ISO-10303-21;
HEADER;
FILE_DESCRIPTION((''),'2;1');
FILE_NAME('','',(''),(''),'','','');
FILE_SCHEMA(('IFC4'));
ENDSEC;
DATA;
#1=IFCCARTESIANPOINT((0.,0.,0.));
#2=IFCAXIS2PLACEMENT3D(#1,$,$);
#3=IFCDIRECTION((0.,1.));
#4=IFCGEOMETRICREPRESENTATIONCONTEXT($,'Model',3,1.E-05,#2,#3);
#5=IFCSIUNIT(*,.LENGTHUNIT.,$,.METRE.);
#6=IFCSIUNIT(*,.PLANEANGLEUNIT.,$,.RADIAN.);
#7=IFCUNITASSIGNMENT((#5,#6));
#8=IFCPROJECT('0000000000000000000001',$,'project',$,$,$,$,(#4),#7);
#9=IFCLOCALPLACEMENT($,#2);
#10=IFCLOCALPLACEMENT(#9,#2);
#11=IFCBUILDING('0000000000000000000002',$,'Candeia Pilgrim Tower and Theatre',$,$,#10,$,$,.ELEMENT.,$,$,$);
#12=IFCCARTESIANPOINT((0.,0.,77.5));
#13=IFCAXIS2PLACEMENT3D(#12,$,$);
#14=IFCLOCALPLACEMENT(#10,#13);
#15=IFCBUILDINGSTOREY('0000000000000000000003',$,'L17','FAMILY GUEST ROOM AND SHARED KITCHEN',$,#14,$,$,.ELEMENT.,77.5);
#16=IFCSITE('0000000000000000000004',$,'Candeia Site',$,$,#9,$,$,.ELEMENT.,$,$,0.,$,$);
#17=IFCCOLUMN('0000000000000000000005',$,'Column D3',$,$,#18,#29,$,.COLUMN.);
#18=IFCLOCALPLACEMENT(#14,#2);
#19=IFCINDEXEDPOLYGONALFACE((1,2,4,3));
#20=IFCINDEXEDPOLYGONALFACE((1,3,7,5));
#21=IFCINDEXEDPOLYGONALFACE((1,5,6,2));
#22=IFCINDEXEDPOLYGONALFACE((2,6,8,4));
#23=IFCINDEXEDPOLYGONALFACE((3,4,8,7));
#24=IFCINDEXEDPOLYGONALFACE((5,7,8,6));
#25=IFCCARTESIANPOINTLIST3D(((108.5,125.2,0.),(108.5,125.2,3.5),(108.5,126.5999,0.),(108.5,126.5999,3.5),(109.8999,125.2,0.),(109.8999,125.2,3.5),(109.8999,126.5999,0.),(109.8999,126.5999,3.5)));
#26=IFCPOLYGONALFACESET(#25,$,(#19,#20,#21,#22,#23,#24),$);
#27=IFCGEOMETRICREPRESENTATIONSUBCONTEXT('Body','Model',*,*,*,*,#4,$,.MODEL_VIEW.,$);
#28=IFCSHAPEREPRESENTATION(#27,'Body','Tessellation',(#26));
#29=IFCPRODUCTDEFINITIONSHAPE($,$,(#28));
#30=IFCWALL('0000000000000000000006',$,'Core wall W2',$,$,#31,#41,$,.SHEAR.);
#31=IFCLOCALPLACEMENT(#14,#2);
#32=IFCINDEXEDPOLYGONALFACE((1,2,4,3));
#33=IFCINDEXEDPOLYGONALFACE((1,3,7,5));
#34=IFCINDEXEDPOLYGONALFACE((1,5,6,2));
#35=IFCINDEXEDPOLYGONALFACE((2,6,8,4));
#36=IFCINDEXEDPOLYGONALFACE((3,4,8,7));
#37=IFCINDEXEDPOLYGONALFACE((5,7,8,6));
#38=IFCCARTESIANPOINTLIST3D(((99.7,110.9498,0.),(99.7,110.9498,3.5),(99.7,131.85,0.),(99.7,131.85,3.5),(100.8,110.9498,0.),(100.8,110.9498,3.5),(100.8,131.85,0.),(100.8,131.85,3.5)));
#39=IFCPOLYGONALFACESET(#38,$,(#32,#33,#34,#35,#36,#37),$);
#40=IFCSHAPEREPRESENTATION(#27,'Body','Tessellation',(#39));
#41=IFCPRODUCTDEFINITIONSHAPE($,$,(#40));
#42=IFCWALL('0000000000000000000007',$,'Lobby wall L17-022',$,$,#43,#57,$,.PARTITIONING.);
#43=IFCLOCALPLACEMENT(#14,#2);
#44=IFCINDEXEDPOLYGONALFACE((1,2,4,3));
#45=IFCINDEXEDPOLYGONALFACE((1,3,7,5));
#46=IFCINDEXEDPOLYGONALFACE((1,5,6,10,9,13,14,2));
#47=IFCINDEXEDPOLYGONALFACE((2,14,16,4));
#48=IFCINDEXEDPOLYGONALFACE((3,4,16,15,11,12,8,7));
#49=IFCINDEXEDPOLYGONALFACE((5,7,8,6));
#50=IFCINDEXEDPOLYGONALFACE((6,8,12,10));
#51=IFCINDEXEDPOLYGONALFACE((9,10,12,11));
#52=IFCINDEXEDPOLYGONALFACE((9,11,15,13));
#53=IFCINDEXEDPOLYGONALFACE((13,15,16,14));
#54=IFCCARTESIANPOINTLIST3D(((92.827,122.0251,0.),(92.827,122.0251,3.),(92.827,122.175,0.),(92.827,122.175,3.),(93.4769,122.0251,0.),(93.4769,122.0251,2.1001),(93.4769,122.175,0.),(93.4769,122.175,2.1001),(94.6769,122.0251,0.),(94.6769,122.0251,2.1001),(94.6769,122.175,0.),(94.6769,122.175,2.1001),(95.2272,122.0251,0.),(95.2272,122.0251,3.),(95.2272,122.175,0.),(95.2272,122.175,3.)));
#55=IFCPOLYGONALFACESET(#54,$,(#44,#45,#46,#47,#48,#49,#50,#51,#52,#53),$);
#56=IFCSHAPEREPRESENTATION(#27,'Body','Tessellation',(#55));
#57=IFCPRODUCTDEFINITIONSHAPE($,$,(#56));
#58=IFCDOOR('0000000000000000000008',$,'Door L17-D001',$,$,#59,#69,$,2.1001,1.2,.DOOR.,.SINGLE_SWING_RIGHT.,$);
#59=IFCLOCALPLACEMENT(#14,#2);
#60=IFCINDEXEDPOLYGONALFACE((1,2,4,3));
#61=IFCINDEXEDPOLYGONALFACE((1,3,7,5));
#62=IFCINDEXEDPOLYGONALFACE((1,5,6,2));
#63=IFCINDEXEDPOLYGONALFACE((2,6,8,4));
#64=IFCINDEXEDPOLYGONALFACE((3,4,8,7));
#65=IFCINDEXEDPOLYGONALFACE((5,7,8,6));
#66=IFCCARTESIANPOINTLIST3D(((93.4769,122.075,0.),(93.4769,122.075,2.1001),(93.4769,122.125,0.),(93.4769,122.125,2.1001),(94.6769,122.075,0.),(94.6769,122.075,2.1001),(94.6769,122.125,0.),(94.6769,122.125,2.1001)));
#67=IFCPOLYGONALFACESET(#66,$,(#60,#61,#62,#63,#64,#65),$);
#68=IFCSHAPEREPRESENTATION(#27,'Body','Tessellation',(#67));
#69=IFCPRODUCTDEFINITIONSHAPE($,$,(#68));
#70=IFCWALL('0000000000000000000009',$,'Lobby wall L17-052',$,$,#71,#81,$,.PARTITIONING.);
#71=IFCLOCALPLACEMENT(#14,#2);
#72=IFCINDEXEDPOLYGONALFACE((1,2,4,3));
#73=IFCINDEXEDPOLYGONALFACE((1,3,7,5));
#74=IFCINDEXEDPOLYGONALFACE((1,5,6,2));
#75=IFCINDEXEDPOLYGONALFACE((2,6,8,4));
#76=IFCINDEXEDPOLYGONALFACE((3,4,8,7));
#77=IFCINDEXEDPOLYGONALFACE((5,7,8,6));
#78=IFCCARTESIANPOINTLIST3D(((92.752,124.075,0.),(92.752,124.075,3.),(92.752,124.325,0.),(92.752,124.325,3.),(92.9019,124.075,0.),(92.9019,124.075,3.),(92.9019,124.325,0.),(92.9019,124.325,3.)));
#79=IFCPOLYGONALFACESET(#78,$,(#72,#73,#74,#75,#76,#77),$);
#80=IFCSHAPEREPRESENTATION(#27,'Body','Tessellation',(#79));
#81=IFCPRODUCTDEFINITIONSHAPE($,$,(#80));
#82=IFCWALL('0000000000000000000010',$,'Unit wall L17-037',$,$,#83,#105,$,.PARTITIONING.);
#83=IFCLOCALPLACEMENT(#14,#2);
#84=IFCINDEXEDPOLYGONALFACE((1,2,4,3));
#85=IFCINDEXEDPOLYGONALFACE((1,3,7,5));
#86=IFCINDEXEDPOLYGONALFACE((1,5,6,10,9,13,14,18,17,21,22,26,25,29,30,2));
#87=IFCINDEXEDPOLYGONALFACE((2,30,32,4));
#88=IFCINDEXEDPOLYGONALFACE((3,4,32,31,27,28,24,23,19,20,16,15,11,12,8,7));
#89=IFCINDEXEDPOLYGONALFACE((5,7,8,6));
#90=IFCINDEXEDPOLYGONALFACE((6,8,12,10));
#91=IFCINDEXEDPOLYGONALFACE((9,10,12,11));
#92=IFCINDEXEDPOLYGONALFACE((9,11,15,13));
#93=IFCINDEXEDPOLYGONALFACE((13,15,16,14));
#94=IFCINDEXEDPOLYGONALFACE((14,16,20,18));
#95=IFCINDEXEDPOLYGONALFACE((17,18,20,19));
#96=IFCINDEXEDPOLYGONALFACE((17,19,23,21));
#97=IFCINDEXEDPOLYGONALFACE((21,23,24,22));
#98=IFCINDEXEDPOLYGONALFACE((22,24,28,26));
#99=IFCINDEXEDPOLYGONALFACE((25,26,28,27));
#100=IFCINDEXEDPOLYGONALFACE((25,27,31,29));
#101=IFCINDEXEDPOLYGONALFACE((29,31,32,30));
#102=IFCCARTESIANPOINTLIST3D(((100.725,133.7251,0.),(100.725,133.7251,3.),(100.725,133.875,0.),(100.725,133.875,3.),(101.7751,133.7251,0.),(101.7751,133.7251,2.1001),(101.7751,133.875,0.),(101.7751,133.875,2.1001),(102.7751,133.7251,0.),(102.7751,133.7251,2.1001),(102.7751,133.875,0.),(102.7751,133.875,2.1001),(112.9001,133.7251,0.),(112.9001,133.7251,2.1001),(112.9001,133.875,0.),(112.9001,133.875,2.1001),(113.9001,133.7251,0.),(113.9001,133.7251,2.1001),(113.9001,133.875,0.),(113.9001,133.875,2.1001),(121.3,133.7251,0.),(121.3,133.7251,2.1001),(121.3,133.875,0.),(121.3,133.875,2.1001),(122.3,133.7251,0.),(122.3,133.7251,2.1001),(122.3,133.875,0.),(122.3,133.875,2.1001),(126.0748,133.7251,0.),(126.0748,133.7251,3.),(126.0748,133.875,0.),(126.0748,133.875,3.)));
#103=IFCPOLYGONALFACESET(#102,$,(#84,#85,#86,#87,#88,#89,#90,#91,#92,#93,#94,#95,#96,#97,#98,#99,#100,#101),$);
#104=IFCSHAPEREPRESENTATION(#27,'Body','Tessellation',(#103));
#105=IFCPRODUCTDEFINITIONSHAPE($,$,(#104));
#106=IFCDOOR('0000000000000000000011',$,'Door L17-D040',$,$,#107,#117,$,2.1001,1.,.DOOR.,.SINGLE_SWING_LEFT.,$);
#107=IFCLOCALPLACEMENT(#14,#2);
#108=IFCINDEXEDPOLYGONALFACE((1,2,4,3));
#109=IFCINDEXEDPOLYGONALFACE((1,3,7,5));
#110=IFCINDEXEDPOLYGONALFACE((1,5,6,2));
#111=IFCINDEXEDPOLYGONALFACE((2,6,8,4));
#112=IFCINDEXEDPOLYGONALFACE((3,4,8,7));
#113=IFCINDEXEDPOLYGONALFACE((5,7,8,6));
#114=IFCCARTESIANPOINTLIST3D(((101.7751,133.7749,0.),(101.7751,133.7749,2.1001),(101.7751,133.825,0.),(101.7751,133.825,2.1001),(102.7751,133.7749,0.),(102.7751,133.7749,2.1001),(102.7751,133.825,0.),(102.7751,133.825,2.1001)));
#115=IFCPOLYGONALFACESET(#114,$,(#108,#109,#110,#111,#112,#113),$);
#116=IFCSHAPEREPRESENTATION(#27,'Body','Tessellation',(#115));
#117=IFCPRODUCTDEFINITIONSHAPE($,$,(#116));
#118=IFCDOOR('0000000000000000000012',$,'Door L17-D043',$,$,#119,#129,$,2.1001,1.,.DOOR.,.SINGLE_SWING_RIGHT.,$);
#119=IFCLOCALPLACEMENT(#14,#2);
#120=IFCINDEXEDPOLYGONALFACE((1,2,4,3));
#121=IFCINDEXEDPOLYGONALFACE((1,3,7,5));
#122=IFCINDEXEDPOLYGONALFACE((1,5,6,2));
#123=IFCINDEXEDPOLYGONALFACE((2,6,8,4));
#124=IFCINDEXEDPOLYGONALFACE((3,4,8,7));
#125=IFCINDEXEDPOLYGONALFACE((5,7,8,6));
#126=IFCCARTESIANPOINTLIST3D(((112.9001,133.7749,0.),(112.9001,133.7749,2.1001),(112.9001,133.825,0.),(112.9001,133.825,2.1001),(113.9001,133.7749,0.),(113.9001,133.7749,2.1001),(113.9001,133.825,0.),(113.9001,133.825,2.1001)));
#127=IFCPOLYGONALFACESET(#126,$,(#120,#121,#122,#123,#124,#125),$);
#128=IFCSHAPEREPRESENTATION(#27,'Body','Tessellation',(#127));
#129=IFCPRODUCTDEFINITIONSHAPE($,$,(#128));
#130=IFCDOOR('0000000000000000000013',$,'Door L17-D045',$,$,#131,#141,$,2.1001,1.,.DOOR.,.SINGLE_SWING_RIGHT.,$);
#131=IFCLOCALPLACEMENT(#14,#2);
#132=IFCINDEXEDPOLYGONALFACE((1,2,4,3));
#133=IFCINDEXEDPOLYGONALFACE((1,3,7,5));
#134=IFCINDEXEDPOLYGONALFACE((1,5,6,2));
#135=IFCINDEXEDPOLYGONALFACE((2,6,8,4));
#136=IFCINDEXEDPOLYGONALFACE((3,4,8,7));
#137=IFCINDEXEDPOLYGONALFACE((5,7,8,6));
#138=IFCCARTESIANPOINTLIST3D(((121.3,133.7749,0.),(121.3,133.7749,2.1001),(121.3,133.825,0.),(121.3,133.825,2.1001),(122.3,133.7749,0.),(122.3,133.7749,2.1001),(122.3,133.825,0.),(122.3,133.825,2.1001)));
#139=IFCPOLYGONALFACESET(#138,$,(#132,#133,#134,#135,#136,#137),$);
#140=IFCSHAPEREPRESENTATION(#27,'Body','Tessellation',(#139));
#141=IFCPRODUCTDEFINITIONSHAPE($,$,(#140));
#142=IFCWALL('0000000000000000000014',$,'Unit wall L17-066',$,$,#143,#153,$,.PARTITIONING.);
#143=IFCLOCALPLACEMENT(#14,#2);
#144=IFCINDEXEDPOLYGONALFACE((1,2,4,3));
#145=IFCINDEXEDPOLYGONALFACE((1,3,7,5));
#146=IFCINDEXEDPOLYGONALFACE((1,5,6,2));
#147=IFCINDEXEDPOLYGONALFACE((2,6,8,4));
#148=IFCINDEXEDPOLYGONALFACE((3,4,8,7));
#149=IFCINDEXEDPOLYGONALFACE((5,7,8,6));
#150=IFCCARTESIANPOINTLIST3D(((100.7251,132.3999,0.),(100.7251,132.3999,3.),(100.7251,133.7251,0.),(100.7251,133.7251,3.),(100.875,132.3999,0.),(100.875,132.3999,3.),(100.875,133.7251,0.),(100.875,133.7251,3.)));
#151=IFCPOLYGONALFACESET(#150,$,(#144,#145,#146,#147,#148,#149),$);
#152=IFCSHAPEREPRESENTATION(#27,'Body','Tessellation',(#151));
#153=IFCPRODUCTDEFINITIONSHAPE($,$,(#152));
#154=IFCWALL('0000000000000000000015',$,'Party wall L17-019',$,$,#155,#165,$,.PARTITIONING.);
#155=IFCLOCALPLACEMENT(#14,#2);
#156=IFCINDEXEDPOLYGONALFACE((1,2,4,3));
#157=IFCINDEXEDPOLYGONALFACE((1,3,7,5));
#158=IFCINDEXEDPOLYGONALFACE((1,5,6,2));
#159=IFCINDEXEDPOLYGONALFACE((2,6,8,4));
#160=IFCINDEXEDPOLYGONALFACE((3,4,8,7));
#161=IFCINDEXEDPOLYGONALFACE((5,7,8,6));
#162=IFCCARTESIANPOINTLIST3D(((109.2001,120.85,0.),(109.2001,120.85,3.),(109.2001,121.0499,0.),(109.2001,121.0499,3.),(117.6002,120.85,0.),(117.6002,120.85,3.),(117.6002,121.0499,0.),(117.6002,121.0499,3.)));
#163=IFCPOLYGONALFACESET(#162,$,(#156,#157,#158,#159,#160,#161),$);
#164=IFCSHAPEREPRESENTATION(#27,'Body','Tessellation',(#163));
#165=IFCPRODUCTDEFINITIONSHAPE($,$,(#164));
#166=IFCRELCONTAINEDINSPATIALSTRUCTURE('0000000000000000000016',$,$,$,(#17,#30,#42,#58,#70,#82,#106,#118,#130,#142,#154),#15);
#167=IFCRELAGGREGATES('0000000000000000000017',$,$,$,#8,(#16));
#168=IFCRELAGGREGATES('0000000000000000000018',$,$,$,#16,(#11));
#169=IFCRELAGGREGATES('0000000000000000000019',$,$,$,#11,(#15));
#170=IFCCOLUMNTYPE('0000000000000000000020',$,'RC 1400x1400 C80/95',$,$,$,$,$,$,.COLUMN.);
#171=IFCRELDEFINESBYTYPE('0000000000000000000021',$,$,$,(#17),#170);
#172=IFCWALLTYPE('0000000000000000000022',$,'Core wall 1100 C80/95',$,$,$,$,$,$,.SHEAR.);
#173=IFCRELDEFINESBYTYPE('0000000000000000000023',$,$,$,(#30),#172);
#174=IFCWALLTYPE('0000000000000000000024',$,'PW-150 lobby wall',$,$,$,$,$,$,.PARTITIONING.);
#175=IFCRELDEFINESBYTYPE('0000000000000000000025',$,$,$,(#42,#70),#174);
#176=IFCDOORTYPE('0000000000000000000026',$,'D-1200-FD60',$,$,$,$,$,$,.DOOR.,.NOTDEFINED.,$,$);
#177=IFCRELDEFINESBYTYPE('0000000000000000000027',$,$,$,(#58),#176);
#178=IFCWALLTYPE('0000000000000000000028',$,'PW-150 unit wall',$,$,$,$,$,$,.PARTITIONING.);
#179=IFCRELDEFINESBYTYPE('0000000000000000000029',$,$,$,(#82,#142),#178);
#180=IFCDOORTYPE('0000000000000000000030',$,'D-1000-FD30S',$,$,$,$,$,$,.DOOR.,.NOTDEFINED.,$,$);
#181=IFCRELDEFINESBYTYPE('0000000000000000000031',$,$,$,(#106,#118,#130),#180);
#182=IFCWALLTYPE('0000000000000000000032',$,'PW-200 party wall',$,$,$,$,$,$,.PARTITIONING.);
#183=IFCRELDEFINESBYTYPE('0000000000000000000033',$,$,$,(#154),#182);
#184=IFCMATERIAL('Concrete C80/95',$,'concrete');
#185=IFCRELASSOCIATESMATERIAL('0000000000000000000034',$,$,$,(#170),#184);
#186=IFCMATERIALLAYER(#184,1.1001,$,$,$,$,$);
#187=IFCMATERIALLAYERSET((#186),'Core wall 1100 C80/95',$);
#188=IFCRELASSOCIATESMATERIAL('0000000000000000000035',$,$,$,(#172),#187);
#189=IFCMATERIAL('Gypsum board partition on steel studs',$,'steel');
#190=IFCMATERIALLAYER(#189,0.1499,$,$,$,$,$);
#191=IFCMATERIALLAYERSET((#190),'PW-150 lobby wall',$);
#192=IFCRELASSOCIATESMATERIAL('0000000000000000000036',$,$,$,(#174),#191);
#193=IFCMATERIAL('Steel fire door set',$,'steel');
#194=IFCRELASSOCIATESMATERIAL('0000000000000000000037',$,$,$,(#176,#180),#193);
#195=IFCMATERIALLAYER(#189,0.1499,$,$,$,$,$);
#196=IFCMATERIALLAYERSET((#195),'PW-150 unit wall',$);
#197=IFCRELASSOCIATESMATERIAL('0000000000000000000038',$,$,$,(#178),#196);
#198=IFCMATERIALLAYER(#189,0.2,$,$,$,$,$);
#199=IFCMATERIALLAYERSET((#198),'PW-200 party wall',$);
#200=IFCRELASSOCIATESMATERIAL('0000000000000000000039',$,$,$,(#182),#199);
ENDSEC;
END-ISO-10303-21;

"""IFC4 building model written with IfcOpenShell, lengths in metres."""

from ifc_helpers import new_model, si_unit, direction, frame, frame_2d, origin, origin_2d, place, context, subcontext, project, spatial, rectangle, extrude, material, layer, layer_set, material_profile, profile_set, type_object, element, fill, save


model = new_model("IFC4")

# Units and contexts
model_context = context("Model", 3, precision=1e-05, world=origin(), true_north=direction((0.0, 1.0)))
body_context = subcontext(model_context, "Body", "Model", "MODEL_VIEW")
ifc_project = project(units=[si_unit("LENGTHUNIT", "METRE"), si_unit("PLANEANGLEUNIT", "RADIAN")], contexts=[model_context])

# Site, building, storey
site_placement = place(None, origin())
site = spatial("IfcSite", under=ifc_project, at=site_placement, Name="Candeia Site", CompositionType="ELEMENT", RefElevation=0.0)
building_placement = place(site_placement, origin())
building = spatial("IfcBuilding", under=site, at=building_placement, Name="Candeia Pilgrim Tower and Theatre", CompositionType="ELEMENT")
storey_placement = place(building_placement, frame((0.0, 0.0, 77.5)))
storey = spatial("IfcBuildingStorey", under=building, at=storey_placement, Name="L17", Description="FAMILY GUEST ROOM AND SHARED KITCHEN", CompositionType="ELEMENT", Elevation=77.5)

# Column
ifc_material_1 = material(Name="Concrete C80/95", Category="concrete")
ifc_material_profile = material_profile(ifc_material_1, rectangle(XDim=1.3999, YDim=1.3999, at=origin_2d()))
ifc_profile_set = profile_set([ifc_material_profile], Name="Concrete C80/95")
column_type = type_object("IfcColumnType", Name="RC 1400x1400 C80/95", PredefinedType="COLUMN", material=ifc_profile_set)
column_placement = place(storey_placement, frame((109.2, 125.8999, 0.0), z_axis=(0.0, 0.0, 1.0), x_axis=(1.0, 0.0, 0.0)))
element("IfcColumn", 1, at=column_placement, inside=storey, type_object=column_type, Name="Column D3", PredefinedType="COLUMN", context=body_context, shape_type="SweptSolid", body=[
    extrude(rectangle(XDim=1.3999, YDim=1.3999, at=origin_2d()), origin(), (0.0, 0.0, 1.0), 3.5),
])

# Wall
ifc_layer_1 = layer(ifc_material_1, 1.1001)
ifc_layer_set_1 = layer_set([ifc_layer_1], Name="Core wall 1100 C80/95")
wall_type_1 = type_object("IfcWallType", Name="Core wall 1100 C80/95", PredefinedType="SHEAR", material=ifc_layer_set_1)
wall_1_placement = place(storey_placement, frame((100.25, 131.8501, 0.0), z_axis=(0.0, 0.0, 1.0), x_axis=(0.0, -1.0, 0.0)))
element("IfcWall", 2, at=wall_1_placement, inside=storey, type_object=wall_type_1, Name="Core wall W2", PredefinedType="SHEAR", context=body_context, shape_type="SweptSolid", body=[
    extrude(rectangle(XDim=20.9001, YDim=1.1001, at=frame_2d((10.4502, 0.0))), origin(), (0.0, 0.0, 1.0), 3.5),
])

# Wall, opening, door
ifc_material_2 = material(Name="Gypsum board partition on steel studs", Category="steel")
ifc_layer_2 = layer(ifc_material_2, 0.1499)
ifc_layer_set_2 = layer_set([ifc_layer_2], Name="PW-150 lobby wall")
wall_type_2 = type_object("IfcWallType", Name="PW-150 lobby wall", PredefinedType="PARTITIONING", material=ifc_layer_set_2)
wall_2_placement = place(storey_placement, frame((92.8269, 122.1001, 0.0), z_axis=(0.0, 0.0, 1.0), x_axis=(1.0, 0.0, 0.0)))
wall_2 = element("IfcWall", 3, at=wall_2_placement, inside=storey, type_object=wall_type_2, Name="Lobby wall L17-022", PredefinedType="PARTITIONING", context=body_context, shape_type="SweptSolid", body=[
    extrude(rectangle(XDim=2.4001, YDim=0.1499, at=frame_2d((1.2002, 0.0))), origin(), (0.0, 0.0, 1.0), 3.0),
])
opening_1_placement = place(wall_2_placement, frame((0.6499, 0.0, 0.0)))
opening_1 = element("IfcOpeningElement", 4, at=opening_1_placement, cuts=wall_2, PredefinedType="OPENING", context=body_context, shape_type="SweptSolid", body=[
    extrude(rectangle(XDim=1.2, YDim=2.1001, at=frame_2d((0.6001, 1.05))), frame((0.0, 0.085, 0.0), z_axis=(0.0, -1.0, 0.0), x_axis=(1.0, 0.0, 0.0)), (0.0, 0.0, 1.0), 0.1699),
])
ifc_material_3 = material(Name="Steel fire door set", Category="steel")
door_type_1 = type_object("IfcDoorType", Name="D-1200-FD60", OperationType="NOTDEFINED", PredefinedType="DOOR", material=ifc_material_3)
door_1_placement = place(opening_1_placement, origin())
door_1 = element("IfcDoor", 5, at=door_1_placement, inside=storey, type_object=door_type_1, Name="Door L17-D001", OperationType="SINGLE_SWING_RIGHT", OverallHeight=2.1001, OverallWidth=1.2, PredefinedType="DOOR", context=body_context, shape_type="SweptSolid", body=[
    extrude(rectangle(XDim=1.2, YDim=2.1001, at=frame_2d((0.6001, 1.05))), frame((0.0, 0.0249, 0.0), z_axis=(0.0, -1.0, 0.0), x_axis=(1.0, 0.0, 0.0)), (0.0, 0.0, 1.0), 0.05),
])
fill(opening_1, door_1)

# Wall
wall_3_placement = place(storey_placement, frame((92.8269, 124.075, 0.0), z_axis=(0.0, 0.0, 1.0), x_axis=(0.0, 1.0, 0.0)))
element("IfcWall", 6, at=wall_3_placement, inside=storey, type_object=wall_type_2, Name="Lobby wall L17-052", PredefinedType="PARTITIONING", context=body_context, shape_type="SweptSolid", body=[
    extrude(rectangle(XDim=0.25, YDim=0.1499, at=frame_2d((0.125, 0.0))), origin(), (0.0, 0.0, 1.0), 3.0),
])

# Wall, openings, doors
ifc_layer_3 = layer(ifc_material_2, 0.1499)
ifc_layer_set_3 = layer_set([ifc_layer_3], Name="PW-150 unit wall")
wall_type_3 = type_object("IfcWallType", Name="PW-150 unit wall", PredefinedType="PARTITIONING", material=ifc_layer_set_3)
wall_4_placement = place(storey_placement, frame((100.7251, 133.8, 0.0), z_axis=(0.0, 0.0, 1.0), x_axis=(1.0, 0.0, 0.0)))
wall_4 = element("IfcWall", 7, at=wall_4_placement, inside=storey, type_object=wall_type_3, Name="Unit wall L17-037", PredefinedType="PARTITIONING", context=body_context, shape_type="SweptSolid", body=[
    extrude(rectangle(XDim=25.3499, YDim=0.1499, at=frame_2d((12.6748, 0.0))), origin(), (0.0, 0.0, 1.0), 3.0),
])
opening_2_placement = place(wall_4_placement, frame((1.05, 0.0, 0.0)))
opening_2 = element("IfcOpeningElement", 8, at=opening_2_placement, cuts=wall_4, PredefinedType="OPENING", context=body_context, shape_type="SweptSolid", body=[
    extrude(rectangle(XDim=1.0, YDim=2.1001, at=frame_2d((0.5, 1.05))), frame((0.0, 0.085, 0.0), z_axis=(0.0, -1.0, 0.0), x_axis=(1.0, 0.0, 0.0)), (0.0, 0.0, 1.0), 0.1699),
])
opening_3_placement = place(wall_4_placement, frame((12.175, 0.0, 0.0)))
opening_3 = element("IfcOpeningElement", 9, at=opening_3_placement, cuts=wall_4, PredefinedType="OPENING", context=body_context, shape_type="SweptSolid", body=[
    extrude(rectangle(XDim=1.0, YDim=2.1001, at=frame_2d((0.5, 1.05))), frame((0.0, 0.085, 0.0), z_axis=(0.0, -1.0, 0.0), x_axis=(1.0, 0.0, 0.0)), (0.0, 0.0, 1.0), 0.1699),
])
opening_4_placement = place(wall_4_placement, frame((20.575, 0.0, 0.0)))
opening_4 = element("IfcOpeningElement", 10, at=opening_4_placement, cuts=wall_4, PredefinedType="OPENING", context=body_context, shape_type="SweptSolid", body=[
    extrude(rectangle(XDim=1.0, YDim=2.1001, at=frame_2d((0.5, 1.05))), frame((0.0, 0.085, 0.0), z_axis=(0.0, -1.0, 0.0), x_axis=(1.0, 0.0, 0.0)), (0.0, 0.0, 1.0), 0.1699),
])
door_type_2 = type_object("IfcDoorType", Name="D-1000-FD30S", OperationType="NOTDEFINED", PredefinedType="DOOR", material=ifc_material_3)
door_2_placement = place(opening_2_placement, origin())
door_2 = element("IfcDoor", 11, at=door_2_placement, inside=storey, type_object=door_type_2, Name="Door L17-D040", OperationType="SINGLE_SWING_LEFT", OverallHeight=2.1001, OverallWidth=1.0, PredefinedType="DOOR", context=body_context, shape_type="SweptSolid", body=[
    extrude(rectangle(XDim=1.0, YDim=2.1001, at=frame_2d((0.5, 1.05))), frame((0.0, 0.0249, 0.0), z_axis=(0.0, -1.0, 0.0), x_axis=(1.0, 0.0, 0.0)), (0.0, 0.0, 1.0), 0.05),
])
fill(opening_2, door_2)
door_3_placement = place(opening_3_placement, origin())
door_3 = element("IfcDoor", 12, at=door_3_placement, inside=storey, type_object=door_type_2, Name="Door L17-D043", OperationType="SINGLE_SWING_RIGHT", OverallHeight=2.1001, OverallWidth=1.0, PredefinedType="DOOR", context=body_context, shape_type="SweptSolid", body=[
    extrude(rectangle(XDim=1.0, YDim=2.1001, at=frame_2d((0.5, 1.05))), frame((0.0, 0.0249, 0.0), z_axis=(0.0, -1.0, 0.0), x_axis=(1.0, 0.0, 0.0)), (0.0, 0.0, 1.0), 0.05),
])
fill(opening_3, door_3)
door_4_placement = place(opening_4_placement, origin())
door_4 = element("IfcDoor", 13, at=door_4_placement, inside=storey, type_object=door_type_2, Name="Door L17-D045", OperationType="SINGLE_SWING_RIGHT", OverallHeight=2.1001, OverallWidth=1.0, PredefinedType="DOOR", context=body_context, shape_type="SweptSolid", body=[
    extrude(rectangle(XDim=1.0, YDim=2.1001, at=frame_2d((0.5, 1.05))), frame((0.0, 0.0249, 0.0), z_axis=(0.0, -1.0, 0.0), x_axis=(1.0, 0.0, 0.0)), (0.0, 0.0, 1.0), 0.05),
])
fill(opening_4, door_4)

# Walls
wall_5_placement = place(storey_placement, frame((100.8, 132.3999, 0.0), z_axis=(0.0, 0.0, 1.0), x_axis=(0.0, 1.0, 0.0)))
element("IfcWall", 14, at=wall_5_placement, inside=storey, type_object=wall_type_3, Name="Unit wall L17-066", PredefinedType="PARTITIONING", context=body_context, shape_type="SweptSolid", body=[
    extrude(rectangle(XDim=1.3252, YDim=0.1499, at=frame_2d((0.6626, 0.0))), origin(), (0.0, 0.0, 1.0), 3.0),
])
ifc_layer_4 = layer(ifc_material_2, 0.2)
ifc_layer_set_4 = layer_set([ifc_layer_4], Name="PW-200 party wall")
wall_type_4 = type_object("IfcWallType", Name="PW-200 party wall", PredefinedType="PARTITIONING", material=ifc_layer_set_4)
wall_6_placement = place(storey_placement, frame((109.2, 120.95, 0.0), z_axis=(0.0, 0.0, 1.0), x_axis=(1.0, 0.0, 0.0)))
element("IfcWall", 15, at=wall_6_placement, inside=storey, type_object=wall_type_4, Name="Party wall L17-019", PredefinedType="PARTITIONING", context=body_context, shape_type="SweptSolid", body=[
    extrude(rectangle(XDim=8.4001, YDim=0.2, at=frame_2d((4.2002, 0.0))), origin(), (0.0, 0.0, 1.0), 3.0),
])

save(model, "model.ifc")
